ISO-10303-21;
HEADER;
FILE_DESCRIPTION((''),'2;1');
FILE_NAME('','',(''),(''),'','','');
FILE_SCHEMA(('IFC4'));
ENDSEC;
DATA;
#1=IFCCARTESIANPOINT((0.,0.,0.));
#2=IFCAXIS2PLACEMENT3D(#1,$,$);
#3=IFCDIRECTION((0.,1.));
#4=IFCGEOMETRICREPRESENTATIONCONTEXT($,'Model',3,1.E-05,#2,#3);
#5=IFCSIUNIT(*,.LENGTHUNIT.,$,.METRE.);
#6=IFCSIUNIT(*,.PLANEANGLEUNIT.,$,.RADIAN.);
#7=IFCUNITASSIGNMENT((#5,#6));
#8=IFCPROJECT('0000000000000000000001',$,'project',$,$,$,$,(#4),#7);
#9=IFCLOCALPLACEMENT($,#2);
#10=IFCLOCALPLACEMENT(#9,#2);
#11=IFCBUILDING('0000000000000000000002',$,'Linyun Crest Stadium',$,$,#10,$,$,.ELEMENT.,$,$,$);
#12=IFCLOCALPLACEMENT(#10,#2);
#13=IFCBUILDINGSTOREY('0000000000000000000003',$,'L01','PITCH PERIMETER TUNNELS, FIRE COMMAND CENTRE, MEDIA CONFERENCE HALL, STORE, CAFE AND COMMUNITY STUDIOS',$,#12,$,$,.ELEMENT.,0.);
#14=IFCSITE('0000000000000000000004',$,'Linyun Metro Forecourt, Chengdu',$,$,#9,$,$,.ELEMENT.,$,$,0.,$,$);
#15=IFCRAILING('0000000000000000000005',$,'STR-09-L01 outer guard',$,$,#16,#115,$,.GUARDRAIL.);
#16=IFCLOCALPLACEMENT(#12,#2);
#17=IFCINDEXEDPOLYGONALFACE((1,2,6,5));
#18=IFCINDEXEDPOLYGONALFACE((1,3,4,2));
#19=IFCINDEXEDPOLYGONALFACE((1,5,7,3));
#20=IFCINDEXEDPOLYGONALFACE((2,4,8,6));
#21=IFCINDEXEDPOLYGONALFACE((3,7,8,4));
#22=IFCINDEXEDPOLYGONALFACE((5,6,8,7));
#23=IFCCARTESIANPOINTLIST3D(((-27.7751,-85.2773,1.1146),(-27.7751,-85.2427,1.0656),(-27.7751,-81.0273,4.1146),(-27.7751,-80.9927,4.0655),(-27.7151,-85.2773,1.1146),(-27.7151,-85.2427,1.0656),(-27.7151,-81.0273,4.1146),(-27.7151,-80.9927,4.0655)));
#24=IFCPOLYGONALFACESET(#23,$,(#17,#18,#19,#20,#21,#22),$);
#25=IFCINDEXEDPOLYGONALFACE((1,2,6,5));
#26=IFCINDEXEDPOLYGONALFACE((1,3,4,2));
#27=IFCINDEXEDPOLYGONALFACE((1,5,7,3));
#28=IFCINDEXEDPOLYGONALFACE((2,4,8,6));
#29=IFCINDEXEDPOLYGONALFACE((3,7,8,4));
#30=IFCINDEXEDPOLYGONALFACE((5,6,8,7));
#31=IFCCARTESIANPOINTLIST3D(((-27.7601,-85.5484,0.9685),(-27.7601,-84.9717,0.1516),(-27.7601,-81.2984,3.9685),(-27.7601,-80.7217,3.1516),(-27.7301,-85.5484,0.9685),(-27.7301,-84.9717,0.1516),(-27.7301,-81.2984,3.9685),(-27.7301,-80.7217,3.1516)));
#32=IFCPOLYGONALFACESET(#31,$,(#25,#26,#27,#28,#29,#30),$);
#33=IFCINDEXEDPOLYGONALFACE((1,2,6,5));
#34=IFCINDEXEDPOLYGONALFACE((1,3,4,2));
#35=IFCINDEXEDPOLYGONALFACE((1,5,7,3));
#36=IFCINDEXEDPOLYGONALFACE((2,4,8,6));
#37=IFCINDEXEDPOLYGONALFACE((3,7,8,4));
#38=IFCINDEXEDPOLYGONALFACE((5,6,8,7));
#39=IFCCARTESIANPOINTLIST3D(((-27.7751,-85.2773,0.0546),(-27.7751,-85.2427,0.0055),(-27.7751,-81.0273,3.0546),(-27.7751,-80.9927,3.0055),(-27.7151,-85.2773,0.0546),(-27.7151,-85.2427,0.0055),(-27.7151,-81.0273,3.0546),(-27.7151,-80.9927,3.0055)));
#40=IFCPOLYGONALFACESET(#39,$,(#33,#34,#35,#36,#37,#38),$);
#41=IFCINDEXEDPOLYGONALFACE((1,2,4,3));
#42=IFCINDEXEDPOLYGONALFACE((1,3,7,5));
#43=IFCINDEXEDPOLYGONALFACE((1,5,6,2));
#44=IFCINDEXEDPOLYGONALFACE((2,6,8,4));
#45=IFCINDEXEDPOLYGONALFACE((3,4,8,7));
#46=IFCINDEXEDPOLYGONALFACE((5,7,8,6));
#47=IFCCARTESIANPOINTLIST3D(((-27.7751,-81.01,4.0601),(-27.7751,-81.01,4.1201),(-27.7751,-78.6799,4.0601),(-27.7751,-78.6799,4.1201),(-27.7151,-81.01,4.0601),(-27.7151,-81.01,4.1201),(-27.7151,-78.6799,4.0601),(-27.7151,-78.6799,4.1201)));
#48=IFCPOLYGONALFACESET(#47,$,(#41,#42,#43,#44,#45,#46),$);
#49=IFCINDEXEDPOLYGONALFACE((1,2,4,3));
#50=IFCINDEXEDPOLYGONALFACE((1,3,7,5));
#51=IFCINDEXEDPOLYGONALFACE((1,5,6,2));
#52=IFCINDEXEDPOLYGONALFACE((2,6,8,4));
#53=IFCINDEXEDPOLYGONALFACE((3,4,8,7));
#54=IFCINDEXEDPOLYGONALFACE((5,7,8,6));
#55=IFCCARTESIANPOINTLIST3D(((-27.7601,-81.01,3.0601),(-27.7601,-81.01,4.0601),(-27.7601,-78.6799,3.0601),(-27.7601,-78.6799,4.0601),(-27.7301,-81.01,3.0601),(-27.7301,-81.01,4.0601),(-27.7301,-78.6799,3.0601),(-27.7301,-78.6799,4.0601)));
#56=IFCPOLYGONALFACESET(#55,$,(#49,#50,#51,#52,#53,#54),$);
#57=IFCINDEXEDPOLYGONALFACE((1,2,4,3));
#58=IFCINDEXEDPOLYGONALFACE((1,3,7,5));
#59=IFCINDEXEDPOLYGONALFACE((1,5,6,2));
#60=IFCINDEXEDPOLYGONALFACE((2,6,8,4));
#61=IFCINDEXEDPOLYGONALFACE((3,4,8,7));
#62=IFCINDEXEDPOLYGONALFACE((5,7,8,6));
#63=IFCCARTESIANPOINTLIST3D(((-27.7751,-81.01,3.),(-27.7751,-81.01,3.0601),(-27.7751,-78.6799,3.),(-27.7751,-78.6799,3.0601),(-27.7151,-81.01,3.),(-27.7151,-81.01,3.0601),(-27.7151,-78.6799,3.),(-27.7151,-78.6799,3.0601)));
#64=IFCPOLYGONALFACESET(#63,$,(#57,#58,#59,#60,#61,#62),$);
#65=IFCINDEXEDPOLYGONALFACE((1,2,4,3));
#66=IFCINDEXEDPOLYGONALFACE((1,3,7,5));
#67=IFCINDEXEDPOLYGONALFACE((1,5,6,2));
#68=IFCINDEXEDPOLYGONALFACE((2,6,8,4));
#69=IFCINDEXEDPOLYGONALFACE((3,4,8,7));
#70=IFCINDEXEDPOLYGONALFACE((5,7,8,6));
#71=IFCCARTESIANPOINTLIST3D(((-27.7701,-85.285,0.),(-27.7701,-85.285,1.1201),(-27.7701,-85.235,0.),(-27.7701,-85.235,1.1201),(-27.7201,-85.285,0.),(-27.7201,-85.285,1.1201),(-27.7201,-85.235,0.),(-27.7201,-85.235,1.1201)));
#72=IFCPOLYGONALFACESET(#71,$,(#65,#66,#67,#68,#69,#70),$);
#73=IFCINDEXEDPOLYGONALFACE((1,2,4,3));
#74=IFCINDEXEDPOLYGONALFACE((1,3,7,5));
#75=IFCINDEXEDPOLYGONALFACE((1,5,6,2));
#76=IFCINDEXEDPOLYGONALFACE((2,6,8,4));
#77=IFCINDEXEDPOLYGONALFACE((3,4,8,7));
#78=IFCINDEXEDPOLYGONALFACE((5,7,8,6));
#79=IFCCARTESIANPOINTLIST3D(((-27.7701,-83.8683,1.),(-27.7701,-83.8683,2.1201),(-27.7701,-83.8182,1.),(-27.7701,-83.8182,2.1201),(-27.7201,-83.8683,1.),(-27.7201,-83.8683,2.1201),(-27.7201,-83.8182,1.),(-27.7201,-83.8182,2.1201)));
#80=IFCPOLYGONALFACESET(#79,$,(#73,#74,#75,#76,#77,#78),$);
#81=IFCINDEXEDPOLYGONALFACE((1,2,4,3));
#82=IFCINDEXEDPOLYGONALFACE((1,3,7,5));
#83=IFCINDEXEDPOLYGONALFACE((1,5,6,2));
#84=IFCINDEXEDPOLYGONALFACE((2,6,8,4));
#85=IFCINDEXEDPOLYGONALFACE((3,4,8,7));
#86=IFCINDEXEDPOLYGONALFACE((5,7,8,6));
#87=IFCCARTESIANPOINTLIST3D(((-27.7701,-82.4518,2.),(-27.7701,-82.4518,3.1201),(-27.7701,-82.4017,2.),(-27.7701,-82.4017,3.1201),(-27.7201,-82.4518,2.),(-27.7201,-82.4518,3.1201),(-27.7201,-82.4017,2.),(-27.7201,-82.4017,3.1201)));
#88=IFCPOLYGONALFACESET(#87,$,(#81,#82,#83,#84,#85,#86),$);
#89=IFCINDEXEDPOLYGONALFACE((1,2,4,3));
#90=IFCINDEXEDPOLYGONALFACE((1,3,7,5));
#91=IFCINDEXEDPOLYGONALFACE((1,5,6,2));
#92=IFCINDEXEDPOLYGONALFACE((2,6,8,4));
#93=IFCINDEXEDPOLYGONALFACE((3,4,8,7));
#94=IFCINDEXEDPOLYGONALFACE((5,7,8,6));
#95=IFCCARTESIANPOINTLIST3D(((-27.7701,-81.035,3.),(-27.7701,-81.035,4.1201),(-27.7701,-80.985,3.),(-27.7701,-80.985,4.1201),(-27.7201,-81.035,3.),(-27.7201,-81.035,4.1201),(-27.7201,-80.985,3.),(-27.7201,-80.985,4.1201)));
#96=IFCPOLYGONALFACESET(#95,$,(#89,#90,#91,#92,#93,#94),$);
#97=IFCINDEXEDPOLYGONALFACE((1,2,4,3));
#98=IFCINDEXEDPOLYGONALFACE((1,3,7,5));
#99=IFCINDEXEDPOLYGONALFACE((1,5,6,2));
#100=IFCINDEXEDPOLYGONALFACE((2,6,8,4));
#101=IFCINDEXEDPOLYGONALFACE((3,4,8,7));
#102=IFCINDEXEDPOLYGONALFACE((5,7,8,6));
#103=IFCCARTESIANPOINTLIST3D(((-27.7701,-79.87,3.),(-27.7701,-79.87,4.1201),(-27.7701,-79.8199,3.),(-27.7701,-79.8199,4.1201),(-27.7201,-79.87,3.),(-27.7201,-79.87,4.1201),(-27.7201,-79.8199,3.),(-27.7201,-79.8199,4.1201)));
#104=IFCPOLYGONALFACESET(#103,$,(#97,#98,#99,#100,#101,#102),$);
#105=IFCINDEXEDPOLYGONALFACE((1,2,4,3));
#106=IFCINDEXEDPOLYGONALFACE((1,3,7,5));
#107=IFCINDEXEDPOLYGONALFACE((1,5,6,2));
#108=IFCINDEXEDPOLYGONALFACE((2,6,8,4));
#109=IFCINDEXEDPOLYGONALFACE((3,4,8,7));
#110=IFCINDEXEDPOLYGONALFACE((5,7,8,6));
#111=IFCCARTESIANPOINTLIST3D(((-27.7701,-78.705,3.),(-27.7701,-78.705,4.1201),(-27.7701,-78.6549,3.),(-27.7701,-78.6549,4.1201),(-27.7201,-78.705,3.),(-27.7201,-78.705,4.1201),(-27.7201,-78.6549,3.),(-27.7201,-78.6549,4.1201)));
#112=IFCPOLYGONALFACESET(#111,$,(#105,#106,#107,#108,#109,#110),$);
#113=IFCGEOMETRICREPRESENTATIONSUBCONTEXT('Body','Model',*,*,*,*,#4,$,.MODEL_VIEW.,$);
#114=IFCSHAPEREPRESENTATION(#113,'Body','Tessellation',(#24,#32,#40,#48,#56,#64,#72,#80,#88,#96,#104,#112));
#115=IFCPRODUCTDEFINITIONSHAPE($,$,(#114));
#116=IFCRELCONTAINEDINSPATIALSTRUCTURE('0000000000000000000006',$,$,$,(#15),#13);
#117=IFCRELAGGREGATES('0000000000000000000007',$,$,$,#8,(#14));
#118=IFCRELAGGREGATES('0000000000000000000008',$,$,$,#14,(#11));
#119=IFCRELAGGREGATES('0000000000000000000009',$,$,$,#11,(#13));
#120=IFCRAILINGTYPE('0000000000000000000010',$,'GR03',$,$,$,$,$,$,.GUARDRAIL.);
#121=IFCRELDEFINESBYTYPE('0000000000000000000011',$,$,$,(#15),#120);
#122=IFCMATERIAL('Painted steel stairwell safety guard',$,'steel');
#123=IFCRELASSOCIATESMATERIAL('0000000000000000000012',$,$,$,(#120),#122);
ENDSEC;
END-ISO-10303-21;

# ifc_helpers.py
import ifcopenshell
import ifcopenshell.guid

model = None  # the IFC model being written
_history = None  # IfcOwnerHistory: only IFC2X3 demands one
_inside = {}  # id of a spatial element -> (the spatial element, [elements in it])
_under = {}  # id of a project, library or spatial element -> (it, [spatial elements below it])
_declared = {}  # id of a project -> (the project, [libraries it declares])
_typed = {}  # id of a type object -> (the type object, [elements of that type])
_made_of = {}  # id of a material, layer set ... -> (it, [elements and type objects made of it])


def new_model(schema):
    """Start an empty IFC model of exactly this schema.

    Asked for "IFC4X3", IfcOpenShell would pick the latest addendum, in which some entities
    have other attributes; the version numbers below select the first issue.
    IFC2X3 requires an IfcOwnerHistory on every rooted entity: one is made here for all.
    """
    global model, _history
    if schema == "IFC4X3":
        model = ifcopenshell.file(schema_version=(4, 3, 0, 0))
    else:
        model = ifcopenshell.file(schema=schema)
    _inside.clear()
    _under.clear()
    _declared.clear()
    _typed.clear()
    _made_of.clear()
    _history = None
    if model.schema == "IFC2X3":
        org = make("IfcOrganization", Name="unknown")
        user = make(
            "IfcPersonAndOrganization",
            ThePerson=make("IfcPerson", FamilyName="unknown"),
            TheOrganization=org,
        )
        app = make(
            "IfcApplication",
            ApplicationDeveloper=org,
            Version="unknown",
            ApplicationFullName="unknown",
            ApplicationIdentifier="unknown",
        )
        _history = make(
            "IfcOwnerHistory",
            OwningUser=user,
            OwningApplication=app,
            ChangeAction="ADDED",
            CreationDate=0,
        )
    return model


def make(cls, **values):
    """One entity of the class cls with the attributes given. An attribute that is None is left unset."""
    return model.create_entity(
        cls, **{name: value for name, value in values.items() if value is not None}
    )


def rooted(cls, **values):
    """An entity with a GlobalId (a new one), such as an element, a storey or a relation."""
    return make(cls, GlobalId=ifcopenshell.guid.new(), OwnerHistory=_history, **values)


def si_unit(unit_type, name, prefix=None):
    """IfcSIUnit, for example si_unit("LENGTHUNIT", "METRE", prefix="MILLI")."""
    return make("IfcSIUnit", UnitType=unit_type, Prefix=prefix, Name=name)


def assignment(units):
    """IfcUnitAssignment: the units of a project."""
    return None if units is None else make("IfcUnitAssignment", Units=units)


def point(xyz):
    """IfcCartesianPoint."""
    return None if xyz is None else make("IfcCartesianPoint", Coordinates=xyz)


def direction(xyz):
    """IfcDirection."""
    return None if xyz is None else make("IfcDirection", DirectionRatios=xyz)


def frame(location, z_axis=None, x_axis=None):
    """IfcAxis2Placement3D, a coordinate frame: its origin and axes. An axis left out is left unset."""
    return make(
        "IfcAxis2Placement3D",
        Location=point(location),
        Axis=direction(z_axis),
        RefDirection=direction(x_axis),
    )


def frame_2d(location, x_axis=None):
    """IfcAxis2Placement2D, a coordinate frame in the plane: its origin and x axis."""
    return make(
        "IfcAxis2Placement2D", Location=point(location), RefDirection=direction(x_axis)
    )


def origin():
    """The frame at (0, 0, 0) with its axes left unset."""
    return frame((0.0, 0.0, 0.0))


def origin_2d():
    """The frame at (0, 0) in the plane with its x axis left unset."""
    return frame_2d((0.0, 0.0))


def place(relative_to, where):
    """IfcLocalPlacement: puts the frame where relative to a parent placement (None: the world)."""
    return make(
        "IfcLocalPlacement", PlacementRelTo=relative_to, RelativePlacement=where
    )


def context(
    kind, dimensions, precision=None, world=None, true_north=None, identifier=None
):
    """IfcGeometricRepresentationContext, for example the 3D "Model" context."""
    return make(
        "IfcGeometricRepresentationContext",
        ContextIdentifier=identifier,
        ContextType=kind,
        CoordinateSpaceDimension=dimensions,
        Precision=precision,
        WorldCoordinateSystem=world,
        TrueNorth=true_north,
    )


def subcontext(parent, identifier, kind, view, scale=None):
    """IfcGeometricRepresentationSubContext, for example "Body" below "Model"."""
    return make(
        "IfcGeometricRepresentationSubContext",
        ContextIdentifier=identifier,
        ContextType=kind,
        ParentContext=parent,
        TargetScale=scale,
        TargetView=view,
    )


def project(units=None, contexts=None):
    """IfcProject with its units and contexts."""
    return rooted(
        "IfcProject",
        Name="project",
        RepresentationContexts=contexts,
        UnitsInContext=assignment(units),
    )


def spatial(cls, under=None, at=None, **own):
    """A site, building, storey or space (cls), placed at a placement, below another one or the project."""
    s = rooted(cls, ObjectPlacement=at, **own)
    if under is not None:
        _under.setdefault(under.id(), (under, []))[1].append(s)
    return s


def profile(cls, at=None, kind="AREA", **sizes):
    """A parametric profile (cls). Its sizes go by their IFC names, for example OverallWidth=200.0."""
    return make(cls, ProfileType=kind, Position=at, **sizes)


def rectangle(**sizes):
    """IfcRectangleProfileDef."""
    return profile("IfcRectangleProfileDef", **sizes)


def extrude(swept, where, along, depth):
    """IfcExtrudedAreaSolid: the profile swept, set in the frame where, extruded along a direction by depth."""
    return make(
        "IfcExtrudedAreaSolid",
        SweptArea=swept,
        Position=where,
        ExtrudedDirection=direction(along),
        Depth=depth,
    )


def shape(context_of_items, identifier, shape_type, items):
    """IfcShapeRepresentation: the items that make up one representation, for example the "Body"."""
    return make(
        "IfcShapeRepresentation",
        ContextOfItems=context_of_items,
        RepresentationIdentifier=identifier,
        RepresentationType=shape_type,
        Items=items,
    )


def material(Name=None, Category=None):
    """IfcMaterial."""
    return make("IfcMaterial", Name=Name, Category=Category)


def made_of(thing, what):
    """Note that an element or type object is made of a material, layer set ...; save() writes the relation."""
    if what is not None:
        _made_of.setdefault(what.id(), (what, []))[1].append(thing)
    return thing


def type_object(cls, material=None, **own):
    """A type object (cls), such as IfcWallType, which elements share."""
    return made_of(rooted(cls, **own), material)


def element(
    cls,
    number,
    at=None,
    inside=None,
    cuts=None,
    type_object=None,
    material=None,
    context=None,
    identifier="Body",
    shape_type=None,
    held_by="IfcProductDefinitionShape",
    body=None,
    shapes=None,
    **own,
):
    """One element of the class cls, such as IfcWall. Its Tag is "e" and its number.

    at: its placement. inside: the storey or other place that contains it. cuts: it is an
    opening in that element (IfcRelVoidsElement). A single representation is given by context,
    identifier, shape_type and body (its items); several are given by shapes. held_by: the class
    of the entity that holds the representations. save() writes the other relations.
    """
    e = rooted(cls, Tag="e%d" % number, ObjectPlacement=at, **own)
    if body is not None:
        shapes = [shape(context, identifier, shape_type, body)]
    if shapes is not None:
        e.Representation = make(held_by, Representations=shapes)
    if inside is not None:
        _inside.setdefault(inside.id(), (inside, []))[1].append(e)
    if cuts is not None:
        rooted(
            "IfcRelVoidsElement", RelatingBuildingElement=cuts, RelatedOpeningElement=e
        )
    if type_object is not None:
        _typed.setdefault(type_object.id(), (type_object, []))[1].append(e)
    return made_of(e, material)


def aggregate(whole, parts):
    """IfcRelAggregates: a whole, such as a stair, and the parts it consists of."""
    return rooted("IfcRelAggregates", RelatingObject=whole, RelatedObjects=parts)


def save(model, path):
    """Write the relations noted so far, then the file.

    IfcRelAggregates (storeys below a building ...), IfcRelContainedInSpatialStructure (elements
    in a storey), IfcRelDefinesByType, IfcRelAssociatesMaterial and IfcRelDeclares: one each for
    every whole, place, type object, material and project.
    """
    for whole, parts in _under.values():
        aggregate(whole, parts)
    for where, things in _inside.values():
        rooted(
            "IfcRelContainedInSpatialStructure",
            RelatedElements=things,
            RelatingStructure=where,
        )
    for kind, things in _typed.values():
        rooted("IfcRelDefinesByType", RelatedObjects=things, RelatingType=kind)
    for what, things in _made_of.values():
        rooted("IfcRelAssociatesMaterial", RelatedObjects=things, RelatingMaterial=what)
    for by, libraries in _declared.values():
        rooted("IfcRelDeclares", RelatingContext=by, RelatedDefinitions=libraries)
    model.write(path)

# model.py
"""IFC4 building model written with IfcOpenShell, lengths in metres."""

from ifc_helpers import new_model, si_unit, direction, frame, origin, origin_2d, place, context, subcontext, project, spatial, rectangle, extrude, material, type_object, element, save


model = new_model("IFC4")

# Units and contexts
model_context = context("Model", 3, precision=1e-05, world=origin(), true_north=direction((0.0, 1.0)))
body_context = subcontext(model_context, "Body", "Model", "MODEL_VIEW")
ifc_project = project(units=[si_unit("LENGTHUNIT", "METRE"), si_unit("PLANEANGLEUNIT", "RADIAN")], contexts=[model_context])

# Site, building, storey
site_placement = place(None, origin())
site = spatial("IfcSite", under=ifc_project, at=site_placement, Name="Linyun Metro Forecourt, Chengdu", CompositionType="ELEMENT", RefElevation=0.0)
building_placement = place(site_placement, origin())
building = spatial("IfcBuilding", under=site, at=building_placement, Name="Linyun Crest Stadium", CompositionType="ELEMENT")
storey_placement = place(building_placement, origin())
storey = spatial("IfcBuildingStorey", under=building, at=storey_placement, Name="L01", Description="PITCH PERIMETER TUNNELS, FIRE COMMAND CENTRE, MEDIA CONFERENCE HALL, STORE, CAFE AND COMMUNITY STUDIOS", CompositionType="ELEMENT", Elevation=0.0)

# Railing
ifc_material_1 = material(Name="Painted steel stairwell safety guard", Category="steel")
railing_type_1 = type_object("IfcRailingType", Name="GR03", PredefinedType="GUARDRAIL", material=ifc_material_1)
railing_1_placement = place(storey_placement, frame((-27.7451, -85.26, 0.0)))
element("IfcRailing", 1, at=railing_1_placement, inside=storey, type_object=railing_type_1, Name="STR-09-L01 outer guard", PredefinedType="GUARDRAIL", context=body_context, shape_type="SweptSolid", body=[
    extrude(rectangle(XDim=0.0601, YDim=0.0601, at=origin_2d()), frame((0.0, 0.0, 1.0901), z_axis=(0.0, 0.816968, 0.576683), x_axis=(-1.0, 0.0, 0.0)), (0.0, 0.0, 1.0), 5.2021),
    extrude(rectangle(XDim=0.03, YDim=1.0, at=origin_2d()), frame((0.0, 0.0, 0.5601), z_axis=(0.0, 0.816968, 0.576683), x_axis=(-1.0, 0.0, 0.0)), (0.0, 0.0, 1.0), 5.2021),
    extrude(rectangle(XDim=0.0601, YDim=0.0601, at=origin_2d()), frame((0.0, 0.0, 0.03), z_axis=(0.0, 0.816968, 0.576683), x_axis=(-1.0, 0.0, 0.0)), (0.0, 0.0, 1.0), 5.2021),
    extrude(rectangle(XDim=0.0601, YDim=0.0601, at=origin_2d()), frame((0.0, 4.25, 4.0901), z_axis=(0.0, 1.0, 0.0), x_axis=(-1.0, 0.0, 0.0)), (0.0, 0.0, 1.0), 2.3301),
    extrude(rectangle(XDim=0.03, YDim=1.0, at=origin_2d()), frame((0.0, 4.25, 3.5601), z_axis=(0.0, 1.0, 0.0), x_axis=(-1.0, 0.0, 0.0)), (0.0, 0.0, 1.0), 2.3301),
    extrude(rectangle(XDim=0.0601, YDim=0.0601, at=origin_2d()), frame((0.0, 4.25, 3.03), z_axis=(0.0, 1.0, 0.0), x_axis=(-1.0, 0.0, 0.0)), (0.0, 0.0, 1.0), 2.3301),
    extrude(rectangle(XDim=0.05, YDim=0.05, at=origin_2d()), origin(), (0.0, 0.0, 1.0), 1.1201),
    extrude(rectangle(XDim=0.05, YDim=0.05, at=origin_2d()), frame((0.0, 1.4167, 1.0)), (0.0, 0.0, 1.0), 1.1201),
    extrude(rectangle(XDim=0.05, YDim=0.05, at=origin_2d()), frame((0.0, 2.8333, 2.0)), (0.0, 0.0, 1.0), 1.1201),
    extrude(rectangle(XDim=0.05, YDim=0.05, at=origin_2d()), frame((0.0, 4.25, 3.0)), (0.0, 0.0, 1.0), 1.1201),
    extrude(rectangle(XDim=0.05, YDim=0.05, at=origin_2d()), frame((0.0, 5.415, 3.0)), (0.0, 0.0, 1.0), 1.1201),
    extrude(rectangle(XDim=0.05, YDim=0.05, at=origin_2d()), frame((0.0, 6.5801, 3.0)), (0.0, 0.0, 1.0), 1.1201),
])

save(model, "model.ifc")
